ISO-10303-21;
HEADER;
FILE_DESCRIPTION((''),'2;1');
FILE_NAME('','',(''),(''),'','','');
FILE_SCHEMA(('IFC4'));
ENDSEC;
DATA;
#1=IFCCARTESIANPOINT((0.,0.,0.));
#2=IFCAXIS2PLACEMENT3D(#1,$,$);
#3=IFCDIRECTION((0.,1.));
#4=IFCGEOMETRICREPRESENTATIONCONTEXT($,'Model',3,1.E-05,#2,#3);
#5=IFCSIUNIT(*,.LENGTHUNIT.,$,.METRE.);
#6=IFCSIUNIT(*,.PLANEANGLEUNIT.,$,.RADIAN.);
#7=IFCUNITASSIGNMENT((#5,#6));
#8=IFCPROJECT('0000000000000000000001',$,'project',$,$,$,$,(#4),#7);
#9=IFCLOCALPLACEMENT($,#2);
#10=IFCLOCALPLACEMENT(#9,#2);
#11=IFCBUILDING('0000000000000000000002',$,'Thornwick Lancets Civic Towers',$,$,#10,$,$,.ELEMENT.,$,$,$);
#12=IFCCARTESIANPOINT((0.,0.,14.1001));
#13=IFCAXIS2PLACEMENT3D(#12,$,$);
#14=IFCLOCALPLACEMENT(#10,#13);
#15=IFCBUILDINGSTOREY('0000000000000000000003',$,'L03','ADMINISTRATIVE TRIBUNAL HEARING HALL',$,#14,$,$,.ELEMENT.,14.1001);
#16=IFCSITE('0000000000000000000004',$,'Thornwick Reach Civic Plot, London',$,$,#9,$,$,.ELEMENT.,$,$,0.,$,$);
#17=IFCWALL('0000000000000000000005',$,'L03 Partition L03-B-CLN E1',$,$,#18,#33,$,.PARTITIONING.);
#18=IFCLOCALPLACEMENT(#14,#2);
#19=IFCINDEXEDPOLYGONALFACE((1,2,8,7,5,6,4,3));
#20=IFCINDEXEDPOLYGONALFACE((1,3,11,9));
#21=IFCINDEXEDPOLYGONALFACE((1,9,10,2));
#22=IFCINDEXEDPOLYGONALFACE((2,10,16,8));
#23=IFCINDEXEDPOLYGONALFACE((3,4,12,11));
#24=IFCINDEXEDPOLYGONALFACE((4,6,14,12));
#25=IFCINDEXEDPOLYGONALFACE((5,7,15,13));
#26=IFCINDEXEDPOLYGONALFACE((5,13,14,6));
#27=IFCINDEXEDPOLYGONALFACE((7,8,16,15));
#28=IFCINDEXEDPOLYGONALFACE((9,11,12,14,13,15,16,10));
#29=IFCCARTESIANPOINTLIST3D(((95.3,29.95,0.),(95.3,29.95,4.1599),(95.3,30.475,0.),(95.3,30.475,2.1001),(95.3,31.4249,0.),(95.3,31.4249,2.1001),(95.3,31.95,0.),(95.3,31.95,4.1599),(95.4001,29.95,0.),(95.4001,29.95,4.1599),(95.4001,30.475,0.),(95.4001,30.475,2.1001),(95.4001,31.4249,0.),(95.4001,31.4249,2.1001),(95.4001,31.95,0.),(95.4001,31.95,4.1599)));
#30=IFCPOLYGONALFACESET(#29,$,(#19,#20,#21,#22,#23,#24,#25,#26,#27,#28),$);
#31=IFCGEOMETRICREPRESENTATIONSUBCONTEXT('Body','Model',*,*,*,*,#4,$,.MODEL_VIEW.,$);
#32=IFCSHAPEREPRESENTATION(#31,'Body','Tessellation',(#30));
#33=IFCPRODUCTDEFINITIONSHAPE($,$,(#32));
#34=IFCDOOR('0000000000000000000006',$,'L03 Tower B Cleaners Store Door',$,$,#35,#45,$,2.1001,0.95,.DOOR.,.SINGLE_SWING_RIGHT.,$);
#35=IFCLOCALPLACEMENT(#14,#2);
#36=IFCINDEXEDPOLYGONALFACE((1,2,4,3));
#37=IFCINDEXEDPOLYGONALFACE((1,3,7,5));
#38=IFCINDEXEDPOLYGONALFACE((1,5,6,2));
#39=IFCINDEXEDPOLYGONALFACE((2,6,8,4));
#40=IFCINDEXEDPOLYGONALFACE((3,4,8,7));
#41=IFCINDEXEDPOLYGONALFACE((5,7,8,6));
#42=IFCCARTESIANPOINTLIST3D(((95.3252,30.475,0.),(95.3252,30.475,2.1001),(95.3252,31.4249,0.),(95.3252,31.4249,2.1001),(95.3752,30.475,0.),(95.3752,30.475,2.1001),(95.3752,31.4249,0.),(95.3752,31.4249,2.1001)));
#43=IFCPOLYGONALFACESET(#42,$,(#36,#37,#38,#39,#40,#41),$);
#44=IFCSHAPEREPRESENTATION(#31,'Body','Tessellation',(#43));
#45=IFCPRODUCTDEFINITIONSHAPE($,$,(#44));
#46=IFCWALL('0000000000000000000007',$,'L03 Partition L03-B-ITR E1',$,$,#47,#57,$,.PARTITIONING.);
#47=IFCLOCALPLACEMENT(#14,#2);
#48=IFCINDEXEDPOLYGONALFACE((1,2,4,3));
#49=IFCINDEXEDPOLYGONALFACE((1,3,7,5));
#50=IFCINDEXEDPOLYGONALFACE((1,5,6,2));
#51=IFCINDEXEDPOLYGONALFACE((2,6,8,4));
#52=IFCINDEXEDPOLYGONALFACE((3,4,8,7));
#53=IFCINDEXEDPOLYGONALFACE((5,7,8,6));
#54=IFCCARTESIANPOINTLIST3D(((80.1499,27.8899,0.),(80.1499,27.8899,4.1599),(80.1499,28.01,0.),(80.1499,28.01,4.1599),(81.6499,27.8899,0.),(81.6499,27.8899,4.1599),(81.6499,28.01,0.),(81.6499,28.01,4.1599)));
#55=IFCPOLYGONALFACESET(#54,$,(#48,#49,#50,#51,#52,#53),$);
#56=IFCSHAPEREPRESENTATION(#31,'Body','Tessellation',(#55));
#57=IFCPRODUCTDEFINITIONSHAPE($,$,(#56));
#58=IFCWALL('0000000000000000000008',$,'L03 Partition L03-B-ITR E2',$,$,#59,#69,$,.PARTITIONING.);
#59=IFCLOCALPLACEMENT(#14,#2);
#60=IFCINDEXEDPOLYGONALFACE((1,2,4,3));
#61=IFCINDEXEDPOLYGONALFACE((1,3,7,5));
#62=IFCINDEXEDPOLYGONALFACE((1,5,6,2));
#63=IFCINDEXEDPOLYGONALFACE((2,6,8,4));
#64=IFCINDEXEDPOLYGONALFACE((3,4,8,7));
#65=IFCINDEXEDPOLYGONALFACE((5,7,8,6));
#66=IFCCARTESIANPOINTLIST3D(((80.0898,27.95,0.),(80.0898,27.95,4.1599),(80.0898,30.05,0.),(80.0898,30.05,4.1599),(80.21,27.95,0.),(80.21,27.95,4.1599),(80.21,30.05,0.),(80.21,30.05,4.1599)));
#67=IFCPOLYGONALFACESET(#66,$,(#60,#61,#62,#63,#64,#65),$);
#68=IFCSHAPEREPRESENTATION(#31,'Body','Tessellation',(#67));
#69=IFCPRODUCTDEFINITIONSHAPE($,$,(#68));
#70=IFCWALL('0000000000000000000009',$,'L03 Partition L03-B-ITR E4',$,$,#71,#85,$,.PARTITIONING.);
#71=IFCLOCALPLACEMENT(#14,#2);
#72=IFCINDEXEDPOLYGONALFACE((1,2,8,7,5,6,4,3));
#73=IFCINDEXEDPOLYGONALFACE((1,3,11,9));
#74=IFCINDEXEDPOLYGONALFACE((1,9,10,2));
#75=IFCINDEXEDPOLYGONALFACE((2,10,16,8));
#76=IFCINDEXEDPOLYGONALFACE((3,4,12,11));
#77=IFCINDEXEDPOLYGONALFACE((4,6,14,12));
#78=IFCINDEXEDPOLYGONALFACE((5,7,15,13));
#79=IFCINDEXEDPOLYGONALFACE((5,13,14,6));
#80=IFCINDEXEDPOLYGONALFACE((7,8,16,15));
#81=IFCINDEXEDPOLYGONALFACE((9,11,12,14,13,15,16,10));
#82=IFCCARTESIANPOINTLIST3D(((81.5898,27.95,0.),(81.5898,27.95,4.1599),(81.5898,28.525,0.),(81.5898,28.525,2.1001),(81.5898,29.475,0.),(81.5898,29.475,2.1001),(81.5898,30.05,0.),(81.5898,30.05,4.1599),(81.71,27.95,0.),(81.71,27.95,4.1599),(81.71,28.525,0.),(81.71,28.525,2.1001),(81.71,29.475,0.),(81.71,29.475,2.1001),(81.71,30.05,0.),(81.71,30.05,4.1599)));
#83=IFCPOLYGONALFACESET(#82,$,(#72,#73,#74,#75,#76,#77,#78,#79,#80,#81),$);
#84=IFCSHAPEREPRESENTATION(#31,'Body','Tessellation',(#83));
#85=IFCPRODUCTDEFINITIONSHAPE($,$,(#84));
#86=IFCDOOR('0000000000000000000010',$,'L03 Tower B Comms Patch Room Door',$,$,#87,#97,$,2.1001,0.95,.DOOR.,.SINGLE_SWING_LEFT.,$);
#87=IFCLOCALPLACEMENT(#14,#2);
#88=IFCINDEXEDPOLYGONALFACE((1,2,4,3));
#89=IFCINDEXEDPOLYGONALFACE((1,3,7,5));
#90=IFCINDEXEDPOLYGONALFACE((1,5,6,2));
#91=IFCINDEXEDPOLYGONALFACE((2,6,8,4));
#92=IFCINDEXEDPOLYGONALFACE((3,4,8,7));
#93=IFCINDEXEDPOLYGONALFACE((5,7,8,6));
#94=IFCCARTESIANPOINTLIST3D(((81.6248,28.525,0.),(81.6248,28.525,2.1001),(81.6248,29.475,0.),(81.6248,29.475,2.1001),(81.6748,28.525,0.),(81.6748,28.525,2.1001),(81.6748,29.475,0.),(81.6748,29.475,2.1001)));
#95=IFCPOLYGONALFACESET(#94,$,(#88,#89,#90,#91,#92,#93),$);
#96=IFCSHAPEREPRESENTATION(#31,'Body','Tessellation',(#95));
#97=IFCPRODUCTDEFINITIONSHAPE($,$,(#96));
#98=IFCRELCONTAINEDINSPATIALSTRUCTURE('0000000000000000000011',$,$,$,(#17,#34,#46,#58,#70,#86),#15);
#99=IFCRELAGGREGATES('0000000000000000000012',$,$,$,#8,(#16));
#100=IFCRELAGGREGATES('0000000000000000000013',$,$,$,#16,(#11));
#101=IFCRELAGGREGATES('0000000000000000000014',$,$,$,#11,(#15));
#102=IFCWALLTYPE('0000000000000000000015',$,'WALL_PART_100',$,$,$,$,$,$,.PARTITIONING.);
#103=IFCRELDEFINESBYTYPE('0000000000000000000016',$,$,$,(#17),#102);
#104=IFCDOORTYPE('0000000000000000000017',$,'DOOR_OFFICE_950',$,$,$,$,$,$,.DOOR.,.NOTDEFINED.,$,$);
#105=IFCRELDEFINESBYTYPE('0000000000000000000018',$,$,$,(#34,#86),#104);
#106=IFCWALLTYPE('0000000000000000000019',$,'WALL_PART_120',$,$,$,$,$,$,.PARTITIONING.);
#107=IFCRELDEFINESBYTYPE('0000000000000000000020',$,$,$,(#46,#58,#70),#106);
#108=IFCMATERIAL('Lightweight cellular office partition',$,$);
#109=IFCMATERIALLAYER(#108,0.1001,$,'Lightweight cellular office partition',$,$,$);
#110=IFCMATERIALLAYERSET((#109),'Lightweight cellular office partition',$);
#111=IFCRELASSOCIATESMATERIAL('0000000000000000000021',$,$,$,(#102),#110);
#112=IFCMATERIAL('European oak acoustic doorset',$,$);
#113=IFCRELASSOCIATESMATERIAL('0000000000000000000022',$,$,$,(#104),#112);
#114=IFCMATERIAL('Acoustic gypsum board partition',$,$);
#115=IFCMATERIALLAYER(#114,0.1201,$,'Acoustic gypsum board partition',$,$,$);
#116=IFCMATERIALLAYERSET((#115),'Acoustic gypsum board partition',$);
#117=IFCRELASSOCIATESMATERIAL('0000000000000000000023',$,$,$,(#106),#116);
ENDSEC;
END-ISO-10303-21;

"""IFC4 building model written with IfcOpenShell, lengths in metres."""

from ifc_helpers import new_model, si_unit, direction, frame, frame_2d, origin, place, context, subcontext, project, spatial, rectangle, extrude, material, layer, layer_set, type_object, element, fill, save


model = new_model("IFC4")

# Units and contexts
model_context = context("Model", 3, precision=1e-05, world=origin(), true_north=direction((0.0, 1.0)))
body_context = subcontext(model_context, "Body", "Model", "MODEL_VIEW")
ifc_project = project(units=[si_unit("LENGTHUNIT", "METRE"), si_unit("PLANEANGLEUNIT", "RADIAN")], contexts=[model_context])

# Site, building, storey
site_placement = place(None, origin())
site = spatial("IfcSite", under=ifc_project, at=site_placement, Name="Thornwick Reach Civic Plot, London", CompositionType="ELEMENT", RefElevation=0.0)
building_placement = place(site_placement, origin())
building = spatial("IfcBuilding", under=site, at=building_placement, Name="Thornwick Lancets Civic Towers", CompositionType="ELEMENT")
storey_placement = place(building_placement, frame((0.0, 0.0, 14.1001)))
storey = spatial("IfcBuildingStorey", under=building, at=storey_placement, Name="L03", Description="ADMINISTRATIVE TRIBUNAL HEARING HALL", CompositionType="ELEMENT", Elevation=14.1001)

# Wall, opening, door
ifc_material_1 = material(Name="Lightweight cellular office partition")
ifc_layer_1 = layer(ifc_material_1, 0.1001, Name="Lightweight cellular office partition")
ifc_layer_set_1 = layer_set([ifc_layer_1], Name="Lightweight cellular office partition")
wall_type_1 = type_object("IfcWallType", Name="WALL_PART_100", PredefinedType="PARTITIONING", material=ifc_layer_set_1)
wall_1_placement = place(storey_placement, frame((95.3501, 29.95, 0.0), z_axis=(0.0, 0.0, 1.0), x_axis=(0.0, 1.0, 0.0)))
wall_1 = element("IfcWall", 1, at=wall_1_placement, inside=storey, type_object=wall_type_1, Name="L03 Partition L03-B-CLN E1", PredefinedType="PARTITIONING", context=body_context, shape_type="SweptSolid", body=[
    extrude(rectangle(XDim=2.0, YDim=0.1001, at=frame_2d((1.0, 0.0))), origin(), (0.0, 0.0, 1.0), 4.1599),
])
opening_1_placement = place(wall_1_placement, frame((0.5249, 0.0, 0.0)))
opening_1 = element("IfcOpeningElement", 2, at=opening_1_placement, cuts=wall_1, PredefinedType="OPENING", context=body_context, shape_type="SweptSolid", body=[
    extrude(rectangle(XDim=0.95, YDim=2.1001, at=frame_2d((0.4751, 1.05))), frame((0.0, 0.0601, 0.0), z_axis=(0.0, -1.0, 0.0), x_axis=(1.0, 0.0, 0.0)), (0.0, 0.0, 1.0), 0.1201),
])
ifc_material_2 = material(Name="European oak acoustic doorset")
door_type_1 = type_object("IfcDoorType", Name="DOOR_OFFICE_950", OperationType="NOTDEFINED", PredefinedType="DOOR", material=ifc_material_2)
door_1_placement = place(opening_1_placement, origin())
door_1 = element("IfcDoor", 3, at=door_1_placement, inside=storey, type_object=door_type_1, Name="L03 Tower B Cleaners Store Door", OperationType="SINGLE_SWING_RIGHT", OverallHeight=2.1001, OverallWidth=0.95, PredefinedType="DOOR", context=body_context, shape_type="SweptSolid", body=[
    extrude(rectangle(XDim=0.95, YDim=2.1001, at=frame_2d((0.4751, 1.05))), frame((0.0, 0.0249, 0.0), z_axis=(0.0, -1.0, 0.0), x_axis=(1.0, 0.0, 0.0)), (0.0, 0.0, 1.0), 0.05),
])
fill(opening_1, door_1)

# Walls
ifc_material_3 = material(Name="Acoustic gypsum board partition")
ifc_layer_2 = layer(ifc_material_3, 0.1201, Name="Acoustic gypsum board partition")
ifc_layer_set_2 = layer_set([ifc_layer_2], Name="Acoustic gypsum board partition")
wall_type_2 = type_object("IfcWallType", Name="WALL_PART_120", PredefinedType="PARTITIONING", material=ifc_layer_set_2)
wall_2_placement = place(storey_placement, frame((81.6499, 27.95, 0.0), z_axis=(0.0, 0.0, 1.0), x_axis=(-1.0, 0.0, 0.0)))
element("IfcWall", 4, at=wall_2_placement, inside=storey, type_object=wall_type_2, Name="L03 Partition L03-B-ITR E1", PredefinedType="PARTITIONING", context=body_context, shape_type="SweptSolid", body=[
    extrude(rectangle(XDim=1.5, YDim=0.1201, at=frame_2d((0.75, 0.0))), origin(), (0.0, 0.0, 1.0), 4.1599),
])
wall_3_placement = place(storey_placement, frame((80.1499, 27.95, 0.0), z_axis=(0.0, 0.0, 1.0), x_axis=(0.0, 1.0, 0.0)))
element("IfcWall", 5, at=wall_3_placement, inside=storey, type_object=wall_type_2, Name="L03 Partition L03-B-ITR E2", PredefinedType="PARTITIONING", context=body_context, shape_type="SweptSolid", body=[
    extrude(rectangle(XDim=2.1001, YDim=0.1201, at=frame_2d((1.05, 0.0))), origin(), (0.0, 0.0, 1.0), 4.1599),
])

# Wall, opening, door
wall_4_placement = place(storey_placement, frame((81.6499, 30.05, 0.0), z_axis=(0.0, 0.0, 1.0), x_axis=(0.0, -1.0, 0.0)))
wall_4 = element("IfcWall", 6, at=wall_4_placement, inside=storey, type_object=wall_type_2, Name="L03 Partition L03-B-ITR E4", PredefinedType="PARTITIONING", context=body_context, shape_type="SweptSolid", body=[
    extrude(rectangle(XDim=2.1001, YDim=0.1201, at=frame_2d((1.05, 0.0))), origin(), (0.0, 0.0, 1.0), 4.1599),
])
opening_2_placement = place(wall_4_placement, frame((0.575, 0.0, 0.0)))
opening_2 = element("IfcOpeningElement", 7, at=opening_2_placement, cuts=wall_4, PredefinedType="OPENING", context=body_context, shape_type="SweptSolid", body=[
    extrude(rectangle(XDim=0.95, YDim=2.1001, at=frame_2d((0.4751, 1.05))), frame((0.0, 0.0701, 0.0), z_axis=(0.0, -1.0, 0.0), x_axis=(1.0, 0.0, 0.0)), (0.0, 0.0, 1.0), 0.1401),
])
door_2_placement = place(opening_2_placement, origin())
door_2 = element("IfcDoor", 8, at=door_2_placement, inside=storey, type_object=door_type_1, Name="L03 Tower B Comms Patch Room Door", OperationType="SINGLE_SWING_LEFT", OverallHeight=2.1001, OverallWidth=0.95, PredefinedType="DOOR", context=body_context, shape_type="SweptSolid", body=[
    extrude(rectangle(XDim=0.95, YDim=2.1001, at=frame_2d((0.4751, 1.05))), frame((0.0, 0.0249, 0.0), z_axis=(0.0, -1.0, 0.0), x_axis=(1.0, 0.0, 0.0)), (0.0, 0.0, 1.0), 0.05),
])
fill(opening_2, door_2)

save(model, "model.ifc")
